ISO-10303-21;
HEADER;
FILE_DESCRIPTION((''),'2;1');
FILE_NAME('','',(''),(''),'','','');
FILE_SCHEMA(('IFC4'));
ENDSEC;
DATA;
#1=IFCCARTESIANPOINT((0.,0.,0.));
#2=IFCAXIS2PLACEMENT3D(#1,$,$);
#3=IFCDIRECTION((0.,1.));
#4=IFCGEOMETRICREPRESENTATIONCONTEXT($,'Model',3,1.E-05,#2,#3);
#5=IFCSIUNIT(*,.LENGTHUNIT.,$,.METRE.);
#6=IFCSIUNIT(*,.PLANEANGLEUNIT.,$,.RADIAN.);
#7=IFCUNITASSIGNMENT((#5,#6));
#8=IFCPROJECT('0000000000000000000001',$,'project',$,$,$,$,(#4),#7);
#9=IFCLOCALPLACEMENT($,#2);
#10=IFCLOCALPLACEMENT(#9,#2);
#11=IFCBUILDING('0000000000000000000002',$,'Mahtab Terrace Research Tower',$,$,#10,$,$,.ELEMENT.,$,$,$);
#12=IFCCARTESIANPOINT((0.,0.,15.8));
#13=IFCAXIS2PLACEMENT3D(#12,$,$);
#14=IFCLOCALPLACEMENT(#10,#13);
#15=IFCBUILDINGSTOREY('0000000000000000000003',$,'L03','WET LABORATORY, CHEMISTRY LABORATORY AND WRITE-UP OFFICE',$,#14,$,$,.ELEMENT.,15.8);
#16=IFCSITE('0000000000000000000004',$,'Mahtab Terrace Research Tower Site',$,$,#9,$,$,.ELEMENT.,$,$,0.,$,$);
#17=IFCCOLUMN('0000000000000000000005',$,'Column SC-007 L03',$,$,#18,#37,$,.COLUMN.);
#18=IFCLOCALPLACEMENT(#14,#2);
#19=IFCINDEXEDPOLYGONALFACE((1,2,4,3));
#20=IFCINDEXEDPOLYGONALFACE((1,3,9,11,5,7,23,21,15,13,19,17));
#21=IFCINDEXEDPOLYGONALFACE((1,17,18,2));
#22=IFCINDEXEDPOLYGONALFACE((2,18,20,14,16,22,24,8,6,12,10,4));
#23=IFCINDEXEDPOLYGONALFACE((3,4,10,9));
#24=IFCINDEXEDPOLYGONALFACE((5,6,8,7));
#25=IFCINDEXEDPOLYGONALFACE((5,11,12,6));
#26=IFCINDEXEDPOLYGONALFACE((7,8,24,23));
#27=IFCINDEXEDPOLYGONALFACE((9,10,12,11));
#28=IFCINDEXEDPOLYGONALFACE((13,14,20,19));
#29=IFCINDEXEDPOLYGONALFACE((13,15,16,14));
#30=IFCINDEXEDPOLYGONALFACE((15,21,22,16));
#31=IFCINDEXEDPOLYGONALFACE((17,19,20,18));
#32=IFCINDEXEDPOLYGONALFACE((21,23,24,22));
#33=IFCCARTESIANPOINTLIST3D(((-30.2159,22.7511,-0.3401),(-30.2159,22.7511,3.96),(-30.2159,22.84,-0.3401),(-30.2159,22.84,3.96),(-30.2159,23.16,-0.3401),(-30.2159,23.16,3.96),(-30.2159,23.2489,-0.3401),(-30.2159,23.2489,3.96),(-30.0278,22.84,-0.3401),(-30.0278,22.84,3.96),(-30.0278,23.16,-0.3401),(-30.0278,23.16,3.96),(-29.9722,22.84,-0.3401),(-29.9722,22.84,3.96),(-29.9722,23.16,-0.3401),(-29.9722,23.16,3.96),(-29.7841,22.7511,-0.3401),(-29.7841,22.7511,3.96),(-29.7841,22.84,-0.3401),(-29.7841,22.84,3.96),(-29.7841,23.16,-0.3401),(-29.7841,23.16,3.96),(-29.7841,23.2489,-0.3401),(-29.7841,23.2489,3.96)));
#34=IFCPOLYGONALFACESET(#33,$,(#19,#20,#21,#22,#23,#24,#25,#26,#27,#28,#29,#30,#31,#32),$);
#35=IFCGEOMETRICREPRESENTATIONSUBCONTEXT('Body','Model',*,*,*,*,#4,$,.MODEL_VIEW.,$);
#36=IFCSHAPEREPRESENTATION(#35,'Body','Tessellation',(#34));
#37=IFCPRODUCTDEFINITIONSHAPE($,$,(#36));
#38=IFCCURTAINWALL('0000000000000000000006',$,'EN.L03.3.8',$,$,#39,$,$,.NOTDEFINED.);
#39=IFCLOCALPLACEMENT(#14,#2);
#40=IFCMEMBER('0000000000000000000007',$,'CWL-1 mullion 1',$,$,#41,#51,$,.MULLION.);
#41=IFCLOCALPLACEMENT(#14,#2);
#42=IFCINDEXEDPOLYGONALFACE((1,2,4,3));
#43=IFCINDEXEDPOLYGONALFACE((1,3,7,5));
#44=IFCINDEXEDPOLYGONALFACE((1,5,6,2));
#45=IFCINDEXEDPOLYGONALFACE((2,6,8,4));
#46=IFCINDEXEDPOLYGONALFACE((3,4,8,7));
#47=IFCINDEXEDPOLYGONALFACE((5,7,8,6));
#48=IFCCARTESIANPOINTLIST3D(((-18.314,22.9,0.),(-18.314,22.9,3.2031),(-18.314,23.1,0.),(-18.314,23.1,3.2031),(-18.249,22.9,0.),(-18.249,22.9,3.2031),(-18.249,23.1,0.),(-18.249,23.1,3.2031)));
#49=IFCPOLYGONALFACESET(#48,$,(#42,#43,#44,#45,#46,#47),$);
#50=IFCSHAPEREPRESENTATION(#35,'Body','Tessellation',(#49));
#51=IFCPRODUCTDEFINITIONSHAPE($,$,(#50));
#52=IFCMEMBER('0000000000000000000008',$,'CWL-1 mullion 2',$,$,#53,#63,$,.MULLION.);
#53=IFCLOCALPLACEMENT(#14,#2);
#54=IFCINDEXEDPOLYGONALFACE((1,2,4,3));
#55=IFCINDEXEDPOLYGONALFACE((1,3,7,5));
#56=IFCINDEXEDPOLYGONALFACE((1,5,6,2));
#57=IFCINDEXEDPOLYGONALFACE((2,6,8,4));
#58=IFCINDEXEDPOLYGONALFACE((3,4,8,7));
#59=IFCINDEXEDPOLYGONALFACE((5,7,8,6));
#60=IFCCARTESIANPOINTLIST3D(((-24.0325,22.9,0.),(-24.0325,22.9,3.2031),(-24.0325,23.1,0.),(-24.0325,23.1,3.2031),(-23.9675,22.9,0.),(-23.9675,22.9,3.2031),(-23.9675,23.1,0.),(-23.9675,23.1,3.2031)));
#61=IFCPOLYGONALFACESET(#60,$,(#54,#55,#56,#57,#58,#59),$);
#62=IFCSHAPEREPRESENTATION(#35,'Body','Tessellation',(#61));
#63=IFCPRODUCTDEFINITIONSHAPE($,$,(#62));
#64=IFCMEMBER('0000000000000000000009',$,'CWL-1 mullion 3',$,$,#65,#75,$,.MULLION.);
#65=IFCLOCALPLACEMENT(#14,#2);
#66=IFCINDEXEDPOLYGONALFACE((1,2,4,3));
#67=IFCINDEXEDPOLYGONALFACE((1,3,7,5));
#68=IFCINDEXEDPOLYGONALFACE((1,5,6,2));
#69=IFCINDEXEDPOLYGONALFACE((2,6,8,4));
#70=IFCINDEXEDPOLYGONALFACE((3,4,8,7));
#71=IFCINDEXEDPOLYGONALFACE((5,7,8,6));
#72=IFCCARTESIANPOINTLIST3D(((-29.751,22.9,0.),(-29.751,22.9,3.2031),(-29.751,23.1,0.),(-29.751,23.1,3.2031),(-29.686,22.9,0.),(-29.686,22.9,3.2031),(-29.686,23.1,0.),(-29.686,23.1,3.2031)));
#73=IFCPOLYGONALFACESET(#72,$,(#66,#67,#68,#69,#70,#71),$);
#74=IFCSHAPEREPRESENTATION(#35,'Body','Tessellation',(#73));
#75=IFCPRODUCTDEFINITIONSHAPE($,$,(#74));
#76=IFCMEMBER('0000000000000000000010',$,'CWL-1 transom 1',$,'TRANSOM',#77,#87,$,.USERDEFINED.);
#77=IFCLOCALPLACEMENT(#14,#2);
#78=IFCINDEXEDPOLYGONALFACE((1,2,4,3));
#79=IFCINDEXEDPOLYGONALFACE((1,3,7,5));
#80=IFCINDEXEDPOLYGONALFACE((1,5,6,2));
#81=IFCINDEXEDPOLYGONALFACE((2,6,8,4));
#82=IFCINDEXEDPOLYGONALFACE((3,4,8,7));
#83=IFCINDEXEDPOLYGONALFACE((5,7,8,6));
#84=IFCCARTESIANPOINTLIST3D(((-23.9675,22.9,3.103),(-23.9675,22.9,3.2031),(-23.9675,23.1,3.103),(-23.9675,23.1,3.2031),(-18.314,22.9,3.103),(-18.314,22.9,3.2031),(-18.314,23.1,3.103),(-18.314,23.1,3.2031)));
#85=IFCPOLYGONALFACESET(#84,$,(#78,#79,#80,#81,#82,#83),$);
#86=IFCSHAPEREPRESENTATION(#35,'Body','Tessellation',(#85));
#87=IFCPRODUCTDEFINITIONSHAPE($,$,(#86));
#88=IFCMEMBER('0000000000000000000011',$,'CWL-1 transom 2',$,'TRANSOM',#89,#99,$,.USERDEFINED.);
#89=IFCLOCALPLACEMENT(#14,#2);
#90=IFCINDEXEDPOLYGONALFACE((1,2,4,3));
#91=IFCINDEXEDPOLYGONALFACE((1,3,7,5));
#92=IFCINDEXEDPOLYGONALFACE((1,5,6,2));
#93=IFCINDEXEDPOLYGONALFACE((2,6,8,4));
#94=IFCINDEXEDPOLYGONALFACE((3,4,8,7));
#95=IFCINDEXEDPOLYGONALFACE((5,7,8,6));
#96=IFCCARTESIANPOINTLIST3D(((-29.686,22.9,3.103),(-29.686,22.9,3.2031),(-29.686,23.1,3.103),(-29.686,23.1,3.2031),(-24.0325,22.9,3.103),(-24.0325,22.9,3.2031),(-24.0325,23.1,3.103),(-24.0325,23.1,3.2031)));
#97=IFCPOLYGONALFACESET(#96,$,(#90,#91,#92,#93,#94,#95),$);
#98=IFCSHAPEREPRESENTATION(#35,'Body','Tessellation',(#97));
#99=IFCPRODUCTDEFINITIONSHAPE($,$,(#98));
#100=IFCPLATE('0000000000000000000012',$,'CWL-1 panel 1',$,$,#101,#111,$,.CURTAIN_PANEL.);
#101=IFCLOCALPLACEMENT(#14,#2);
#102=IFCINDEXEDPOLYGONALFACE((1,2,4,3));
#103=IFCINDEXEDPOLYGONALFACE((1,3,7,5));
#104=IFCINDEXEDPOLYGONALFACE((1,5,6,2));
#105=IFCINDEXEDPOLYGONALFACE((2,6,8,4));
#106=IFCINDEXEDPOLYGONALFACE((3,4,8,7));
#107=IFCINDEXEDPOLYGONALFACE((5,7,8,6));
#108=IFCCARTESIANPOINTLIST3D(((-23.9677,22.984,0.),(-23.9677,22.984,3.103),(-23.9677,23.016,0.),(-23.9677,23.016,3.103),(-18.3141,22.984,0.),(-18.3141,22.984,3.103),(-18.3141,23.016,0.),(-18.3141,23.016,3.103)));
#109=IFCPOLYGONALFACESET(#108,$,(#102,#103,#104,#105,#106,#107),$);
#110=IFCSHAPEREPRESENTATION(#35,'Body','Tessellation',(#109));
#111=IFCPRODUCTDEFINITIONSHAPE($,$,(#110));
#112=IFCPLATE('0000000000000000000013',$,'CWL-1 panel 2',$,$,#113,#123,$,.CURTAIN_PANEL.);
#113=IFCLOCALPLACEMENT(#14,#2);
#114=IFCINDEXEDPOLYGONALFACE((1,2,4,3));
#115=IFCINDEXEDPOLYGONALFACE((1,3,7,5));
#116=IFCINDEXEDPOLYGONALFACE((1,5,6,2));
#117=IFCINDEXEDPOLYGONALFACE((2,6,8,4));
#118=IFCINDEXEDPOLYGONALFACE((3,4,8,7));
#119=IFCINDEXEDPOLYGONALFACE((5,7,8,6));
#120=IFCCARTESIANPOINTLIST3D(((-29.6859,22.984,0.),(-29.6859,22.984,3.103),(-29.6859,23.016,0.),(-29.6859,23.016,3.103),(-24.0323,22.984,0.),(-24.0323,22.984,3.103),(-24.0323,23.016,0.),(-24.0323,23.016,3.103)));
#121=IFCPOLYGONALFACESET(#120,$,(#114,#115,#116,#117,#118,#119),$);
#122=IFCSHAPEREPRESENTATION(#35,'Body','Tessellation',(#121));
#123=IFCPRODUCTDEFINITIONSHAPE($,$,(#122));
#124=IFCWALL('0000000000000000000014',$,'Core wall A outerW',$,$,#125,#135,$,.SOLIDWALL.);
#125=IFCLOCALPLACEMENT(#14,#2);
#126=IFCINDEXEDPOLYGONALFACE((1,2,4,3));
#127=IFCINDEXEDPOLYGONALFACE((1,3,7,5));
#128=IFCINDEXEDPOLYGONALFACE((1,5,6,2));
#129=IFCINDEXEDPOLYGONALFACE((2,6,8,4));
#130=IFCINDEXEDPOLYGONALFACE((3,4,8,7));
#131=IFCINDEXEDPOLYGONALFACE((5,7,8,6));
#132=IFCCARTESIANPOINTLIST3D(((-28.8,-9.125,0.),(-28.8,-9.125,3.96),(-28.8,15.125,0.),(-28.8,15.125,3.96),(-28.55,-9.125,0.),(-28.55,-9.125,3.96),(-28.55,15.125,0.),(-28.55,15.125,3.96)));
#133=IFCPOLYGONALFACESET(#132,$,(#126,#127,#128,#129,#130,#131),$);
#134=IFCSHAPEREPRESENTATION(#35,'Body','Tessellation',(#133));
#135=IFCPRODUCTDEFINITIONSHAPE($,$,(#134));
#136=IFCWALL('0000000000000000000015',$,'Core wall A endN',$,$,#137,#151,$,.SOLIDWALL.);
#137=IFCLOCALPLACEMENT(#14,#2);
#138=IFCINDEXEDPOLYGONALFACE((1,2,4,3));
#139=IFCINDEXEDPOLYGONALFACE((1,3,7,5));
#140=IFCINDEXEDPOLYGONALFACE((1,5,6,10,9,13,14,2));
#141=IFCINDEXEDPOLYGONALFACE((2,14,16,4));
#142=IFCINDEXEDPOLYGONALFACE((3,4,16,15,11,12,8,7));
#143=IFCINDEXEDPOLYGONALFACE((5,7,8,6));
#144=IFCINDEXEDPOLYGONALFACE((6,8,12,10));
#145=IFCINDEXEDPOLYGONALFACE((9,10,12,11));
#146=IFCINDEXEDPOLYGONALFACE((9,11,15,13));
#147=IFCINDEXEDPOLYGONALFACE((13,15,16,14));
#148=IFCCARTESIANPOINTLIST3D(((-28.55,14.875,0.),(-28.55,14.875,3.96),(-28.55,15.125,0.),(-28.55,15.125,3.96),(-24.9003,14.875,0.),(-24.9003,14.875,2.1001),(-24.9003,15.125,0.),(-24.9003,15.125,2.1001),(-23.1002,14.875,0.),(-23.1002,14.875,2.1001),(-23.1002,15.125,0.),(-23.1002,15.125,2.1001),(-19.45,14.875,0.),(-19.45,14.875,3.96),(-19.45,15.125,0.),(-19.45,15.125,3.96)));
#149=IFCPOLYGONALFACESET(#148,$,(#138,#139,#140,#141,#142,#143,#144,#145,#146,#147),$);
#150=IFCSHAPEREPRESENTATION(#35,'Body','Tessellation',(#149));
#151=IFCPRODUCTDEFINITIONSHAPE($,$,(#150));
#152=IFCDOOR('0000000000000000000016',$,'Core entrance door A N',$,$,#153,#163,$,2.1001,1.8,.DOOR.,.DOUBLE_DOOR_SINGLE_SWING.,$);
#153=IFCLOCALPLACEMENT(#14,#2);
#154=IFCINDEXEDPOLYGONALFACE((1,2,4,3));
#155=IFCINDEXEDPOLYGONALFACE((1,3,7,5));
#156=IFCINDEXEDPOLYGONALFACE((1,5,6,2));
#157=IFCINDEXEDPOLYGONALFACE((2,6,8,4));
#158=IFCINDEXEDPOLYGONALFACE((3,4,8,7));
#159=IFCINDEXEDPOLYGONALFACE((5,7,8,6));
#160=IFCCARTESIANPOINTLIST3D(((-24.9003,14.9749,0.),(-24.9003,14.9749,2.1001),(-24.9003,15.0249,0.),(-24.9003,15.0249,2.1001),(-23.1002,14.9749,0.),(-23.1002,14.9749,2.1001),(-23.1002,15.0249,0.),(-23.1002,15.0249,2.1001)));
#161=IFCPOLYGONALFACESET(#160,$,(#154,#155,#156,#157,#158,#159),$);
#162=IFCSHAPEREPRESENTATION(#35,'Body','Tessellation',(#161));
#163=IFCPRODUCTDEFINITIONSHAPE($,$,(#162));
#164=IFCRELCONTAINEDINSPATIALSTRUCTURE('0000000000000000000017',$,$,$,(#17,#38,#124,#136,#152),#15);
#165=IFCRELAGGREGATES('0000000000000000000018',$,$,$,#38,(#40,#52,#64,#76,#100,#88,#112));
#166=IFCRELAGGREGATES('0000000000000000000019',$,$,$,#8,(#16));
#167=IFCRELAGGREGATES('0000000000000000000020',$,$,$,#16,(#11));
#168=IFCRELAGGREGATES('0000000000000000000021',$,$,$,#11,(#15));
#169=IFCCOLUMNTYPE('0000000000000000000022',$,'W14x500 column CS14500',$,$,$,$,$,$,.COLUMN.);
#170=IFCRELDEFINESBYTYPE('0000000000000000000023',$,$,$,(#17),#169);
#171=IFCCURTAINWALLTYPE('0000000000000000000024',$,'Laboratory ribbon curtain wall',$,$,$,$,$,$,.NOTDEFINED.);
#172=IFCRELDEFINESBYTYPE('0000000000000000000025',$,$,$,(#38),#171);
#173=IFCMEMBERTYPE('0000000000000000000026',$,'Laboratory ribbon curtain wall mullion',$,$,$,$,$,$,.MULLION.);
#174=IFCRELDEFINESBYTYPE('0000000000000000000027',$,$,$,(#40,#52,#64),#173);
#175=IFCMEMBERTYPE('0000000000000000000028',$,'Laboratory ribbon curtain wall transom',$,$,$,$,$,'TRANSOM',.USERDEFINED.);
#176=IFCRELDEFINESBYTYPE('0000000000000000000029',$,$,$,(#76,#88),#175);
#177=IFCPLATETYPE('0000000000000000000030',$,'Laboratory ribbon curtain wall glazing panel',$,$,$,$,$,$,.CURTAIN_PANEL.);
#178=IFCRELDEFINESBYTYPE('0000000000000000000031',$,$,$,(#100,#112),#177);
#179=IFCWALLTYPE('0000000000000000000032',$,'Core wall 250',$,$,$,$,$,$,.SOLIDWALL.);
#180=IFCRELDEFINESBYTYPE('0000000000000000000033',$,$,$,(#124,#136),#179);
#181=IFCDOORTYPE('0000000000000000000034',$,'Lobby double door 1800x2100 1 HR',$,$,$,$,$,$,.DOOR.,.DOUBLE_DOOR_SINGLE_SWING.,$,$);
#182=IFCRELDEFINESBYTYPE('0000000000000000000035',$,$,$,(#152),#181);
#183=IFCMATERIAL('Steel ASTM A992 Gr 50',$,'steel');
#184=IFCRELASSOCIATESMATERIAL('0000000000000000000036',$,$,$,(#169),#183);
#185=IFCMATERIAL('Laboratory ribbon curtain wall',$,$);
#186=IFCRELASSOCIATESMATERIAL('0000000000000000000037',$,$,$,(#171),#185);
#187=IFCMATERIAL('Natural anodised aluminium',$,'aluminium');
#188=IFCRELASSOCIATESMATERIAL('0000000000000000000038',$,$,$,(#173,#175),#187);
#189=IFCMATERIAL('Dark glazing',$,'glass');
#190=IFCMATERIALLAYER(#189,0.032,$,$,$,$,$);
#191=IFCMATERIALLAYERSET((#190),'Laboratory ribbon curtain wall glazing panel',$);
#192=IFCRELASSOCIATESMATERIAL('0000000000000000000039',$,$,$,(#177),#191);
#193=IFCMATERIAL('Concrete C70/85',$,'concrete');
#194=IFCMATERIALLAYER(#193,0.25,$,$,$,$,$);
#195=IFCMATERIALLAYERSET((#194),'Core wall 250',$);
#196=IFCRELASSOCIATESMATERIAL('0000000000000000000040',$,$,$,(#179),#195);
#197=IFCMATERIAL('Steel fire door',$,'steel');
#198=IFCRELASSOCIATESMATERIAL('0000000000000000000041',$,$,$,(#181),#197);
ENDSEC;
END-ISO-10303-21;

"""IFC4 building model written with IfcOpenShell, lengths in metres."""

from ifc_helpers import new_model, si_unit, direction, frame, frame_2d, origin, origin_2d, place, context, subcontext, project, spatial, rectangle, i_section, extrude, material, layer, layer_set, material_profile, profile_set, type_object, element, fill, aggregate, save


model = new_model("IFC4")

# Units and contexts
model_context = context("Model", 3, precision=1e-05, world=origin(), true_north=direction((0.0, 1.0)))
body_context = subcontext(model_context, "Body", "Model", "MODEL_VIEW")
ifc_project = project(units=[si_unit("LENGTHUNIT", "METRE"), si_unit("PLANEANGLEUNIT", "RADIAN")], contexts=[model_context])

# Site, building, storey
site_placement = place(None, origin())
site = spatial("IfcSite", under=ifc_project, at=site_placement, Name="Mahtab Terrace Research Tower Site", CompositionType="ELEMENT", RefElevation=0.0)
building_placement = place(site_placement, origin())
building = spatial("IfcBuilding", under=site, at=building_placement, Name="Mahtab Terrace Research Tower", CompositionType="ELEMENT")
storey_placement = place(building_placement, frame((0.0, 0.0, 15.8)))
storey = spatial("IfcBuildingStorey", under=building, at=storey_placement, Name="L03", Description="WET LABORATORY, CHEMISTRY LABORATORY AND WRITE-UP OFFICE", CompositionType="ELEMENT", Elevation=15.8)

# Column
ifc_material_1 = material(Name="Steel ASTM A992 Gr 50", Category="steel")
ifc_material_profile_1 = material_profile(ifc_material_1, i_section(OverallWidth=0.4319, OverallDepth=0.4978, WebThickness=0.0557, FlangeThickness=0.0889, at=origin_2d()), Name="W14X500")
ifc_profile_set_1 = profile_set([ifc_material_profile_1], Name="Steel ASTM A992 Gr 50")
column_type = type_object("IfcColumnType", Name="W14x500 column CS14500", PredefinedType="COLUMN", material=ifc_profile_set_1)
column_placement = place(storey_placement, frame((-30.0, 23.0, -0.3401), z_axis=(0.0, 0.0, 1.0), x_axis=(1.0, 0.0, 0.0)))
element("IfcColumn", 1, at=column_placement, inside=storey, type_object=column_type, Name="Column SC-007 L03", PredefinedType="COLUMN", context=body_context, shape_type="SweptSolid", body=[
    extrude(i_section(OverallWidth=0.4319, OverallDepth=0.4978, WebThickness=0.0557, FlangeThickness=0.0889, at=origin_2d()), origin(), (0.0, 0.0, 1.0), 4.3),
])

# Curtain wall, members, plates
ifc_material_2 = material(Name="Laboratory ribbon curtain wall")
curtain_wall_type = type_object("IfcCurtainWallType", Name="Laboratory ribbon curtain wall", PredefinedType="NOTDEFINED", material=ifc_material_2)
curtain_wall_placement = place(storey_placement, origin())
curtain_wall = element("IfcCurtainWall", 2, at=curtain_wall_placement, inside=storey, type_object=curtain_wall_type, Name="EN.L03.3.8", PredefinedType="NOTDEFINED")
ifc_material_3 = material(Name="Natural anodised aluminium", Category="aluminium")
ifc_material_profile_2 = material_profile(ifc_material_3, rectangle(XDim=0.2, YDim=0.0649, at=origin_2d()), Name="MULLION 65x200")
ifc_profile_set_2 = profile_set([ifc_material_profile_2], Name="Natural anodised aluminium")
member_type_1 = type_object("IfcMemberType", Name="Laboratory ribbon curtain wall mullion", PredefinedType="MULLION", material=ifc_profile_set_2)
member_1_placement = place(storey_placement, frame((-18.2815, 23.0, 0.0), z_axis=(0.0, 0.0, 1.0), x_axis=(0.0, -1.0, 0.0)))
member_1 = element("IfcMember", 3, at=member_1_placement, type_object=member_type_1, Name="CWL-1 mullion 1", PredefinedType="MULLION", context=body_context, shape_type="SweptSolid", body=[
    extrude(rectangle(XDim=0.2, YDim=0.0649, at=origin_2d()), origin(), (0.0, 0.0, 1.0), 3.2031),
])
member_2_placement = place(storey_placement, frame((-24.0, 23.0, 0.0), z_axis=(0.0, 0.0, 1.0), x_axis=(0.0, -1.0, 0.0)))
member_2 = element("IfcMember", 4, at=member_2_placement, type_object=member_type_1, Name="CWL-1 mullion 2", PredefinedType="MULLION", context=body_context, shape_type="SweptSolid", body=[
    extrude(rectangle(XDim=0.2, YDim=0.0649, at=origin_2d()), origin(), (0.0, 0.0, 1.0), 3.2031),
])
member_3_placement = place(storey_placement, frame((-29.7185, 23.0, 0.0), z_axis=(0.0, 0.0, 1.0), x_axis=(0.0, -1.0, 0.0)))
member_3 = element("IfcMember", 5, at=member_3_placement, type_object=member_type_1, Name="CWL-1 mullion 3", PredefinedType="MULLION", context=body_context, shape_type="SweptSolid", body=[
    extrude(rectangle(XDim=0.2, YDim=0.0649, at=origin_2d()), origin(), (0.0, 0.0, 1.0), 3.2031),
])
ifc_material_profile_3 = material_profile(ifc_material_3, rectangle(XDim=0.2, YDim=0.1001, at=origin_2d()), Name="TRANSOM 100x200")
ifc_profile_set_3 = profile_set([ifc_material_profile_3], Name="Natural anodised aluminium")
member_type_2 = type_object("IfcMemberType", Name="Laboratory ribbon curtain wall transom", ElementType="TRANSOM", PredefinedType="USERDEFINED", material=ifc_profile_set_3)
member_4_placement = place(storey_placement, frame((-18.314, 23.0, 3.1531), z_axis=(-1.0, 0.0, 0.0), x_axis=(0.0, -1.0, 0.0)))
member_4 = element("IfcMember", 6, at=member_4_placement, type_object=member_type_2, Name="CWL-1 transom 1", ObjectType="TRANSOM", PredefinedType="USERDEFINED", context=body_context, shape_type="SweptSolid", body=[
    extrude(rectangle(XDim=0.2, YDim=0.1001, at=origin_2d()), origin(), (0.0, 0.0, 1.0), 5.6536),
])
member_5_placement = place(storey_placement, frame((-24.0325, 23.0, 3.1531), z_axis=(-1.0, 0.0, 0.0), x_axis=(0.0, -1.0, 0.0)))
member_5 = element("IfcMember", 7, at=member_5_placement, type_object=member_type_2, Name="CWL-1 transom 2", ObjectType="TRANSOM", PredefinedType="USERDEFINED", context=body_context, shape_type="SweptSolid", body=[
    extrude(rectangle(XDim=0.2, YDim=0.1001, at=origin_2d()), origin(), (0.0, 0.0, 1.0), 5.6536),
])
ifc_material_4 = material(Name="Dark glazing", Category="glass")
ifc_layer_1 = layer(ifc_material_4, 0.032)
ifc_layer_set_1 = layer_set([ifc_layer_1], Name="Laboratory ribbon curtain wall glazing panel")
plate_type = type_object("IfcPlateType", Name="Laboratory ribbon curtain wall glazing panel", PredefinedType="CURTAIN_PANEL", material=ifc_layer_set_1)
plate_1_placement = place(storey_placement, frame((-21.1409, 23.0, 0.0), z_axis=(0.0, 0.0, 1.0), x_axis=(-1.0, 0.0, 0.0)))
plate_1 = element("IfcPlate", 8, at=plate_1_placement, type_object=plate_type, Name="CWL-1 panel 1", PredefinedType="CURTAIN_PANEL", context=body_context, shape_type="SweptSolid", body=[
    extrude(rectangle(XDim=5.6536, YDim=0.032, at=origin_2d()), origin(), (0.0, 0.0, 1.0), 3.103),
])
plate_2_placement = place(storey_placement, frame((-26.8591, 23.0, 0.0), z_axis=(0.0, 0.0, 1.0), x_axis=(-1.0, 0.0, 0.0)))
plate_2 = element("IfcPlate", 9, at=plate_2_placement, type_object=plate_type, Name="CWL-1 panel 2", PredefinedType="CURTAIN_PANEL", context=body_context, shape_type="SweptSolid", body=[
    extrude(rectangle(XDim=5.6536, YDim=0.032, at=origin_2d()), origin(), (0.0, 0.0, 1.0), 3.103),
])
aggregate(curtain_wall, [member_1, member_2, member_3, member_4, plate_1, member_5, plate_2])

# Wall
ifc_material_5 = material(Name="Concrete C70/85", Category="concrete")
ifc_layer_2 = layer(ifc_material_5, 0.25)
ifc_layer_set_2 = layer_set([ifc_layer_2], Name="Core wall 250")
wall_type_1 = type_object("IfcWallType", Name="Core wall 250", PredefinedType="SOLIDWALL", material=ifc_layer_set_2)
wall_1_placement = place(storey_placement, frame((-28.675, 15.125, 0.0), z_axis=(0.0, 0.0, 1.0), x_axis=(0.0, -1.0, 0.0)))
element("IfcWall", 10, at=wall_1_placement, inside=storey, type_object=wall_type_1, Name="Core wall A outerW", PredefinedType="SOLIDWALL", context=body_context, shape_type="SweptSolid", body=[
    extrude(rectangle(XDim=24.25, YDim=0.25, at=frame_2d((12.125, 0.0))), origin(), (0.0, 0.0, 1.0), 3.96),
])

# Wall, opening, door
wall_2_placement = place(storey_placement, frame((-28.55, 15.0, 0.0), z_axis=(0.0, 0.0, 1.0), x_axis=(1.0, 0.0, 0.0)))
wall_2 = element("IfcWall", 11, at=wall_2_placement, inside=storey, type_object=wall_type_1, Name="Core wall A endN", PredefinedType="SOLIDWALL", context=body_context, shape_type="SweptSolid", body=[
    extrude(rectangle(XDim=9.1001, YDim=0.25, at=frame_2d((4.55, 0.0))), origin(), (0.0, 0.0, 1.0), 3.96),
])
opening_1_placement = place(wall_2_placement, frame((3.6499, 0.0, 0.0)))
opening_1 = element("IfcOpeningElement", 12, at=opening_1_placement, cuts=wall_2, PredefinedType="OPENING", context=body_context, shape_type="SweptSolid", body=[
    extrude(rectangle(XDim=1.8, YDim=2.1001, at=frame_2d((0.8999, 1.05))), frame((0.0, 0.135, 0.0), z_axis=(0.0, -1.0, 0.0), x_axis=(1.0, 0.0, 0.0)), (0.0, 0.0, 1.0), 0.27),
])
ifc_material_6 = material(Name="Steel fire door", Category="steel")
door_type_1 = type_object("IfcDoorType", Name="Lobby double door 1800x2100 1 HR", OperationType="DOUBLE_DOOR_SINGLE_SWING", PredefinedType="DOOR", material=ifc_material_6)
door_1_placement = place(opening_1_placement, origin())
door_1 = element("IfcDoor", 13, at=door_1_placement, inside=storey, type_object=door_type_1, Name="Core entrance door A N", OperationType="DOUBLE_DOOR_SINGLE_SWING", OverallHeight=2.1001, OverallWidth=1.8, PredefinedType="DOOR", context=body_context, shape_type="SweptSolid", body=[
    extrude(rectangle(XDim=1.8, YDim=2.1001, at=frame_2d((0.8999, 1.05))), frame((0.0, 0.0249, 0.0), z_axis=(0.0, -1.0, 0.0), x_axis=(1.0, 0.0, 0.0)), (0.0, 0.0, 1.0), 0.05),
])
fill(opening_1, door_1)

save(model, "model.ifc")
